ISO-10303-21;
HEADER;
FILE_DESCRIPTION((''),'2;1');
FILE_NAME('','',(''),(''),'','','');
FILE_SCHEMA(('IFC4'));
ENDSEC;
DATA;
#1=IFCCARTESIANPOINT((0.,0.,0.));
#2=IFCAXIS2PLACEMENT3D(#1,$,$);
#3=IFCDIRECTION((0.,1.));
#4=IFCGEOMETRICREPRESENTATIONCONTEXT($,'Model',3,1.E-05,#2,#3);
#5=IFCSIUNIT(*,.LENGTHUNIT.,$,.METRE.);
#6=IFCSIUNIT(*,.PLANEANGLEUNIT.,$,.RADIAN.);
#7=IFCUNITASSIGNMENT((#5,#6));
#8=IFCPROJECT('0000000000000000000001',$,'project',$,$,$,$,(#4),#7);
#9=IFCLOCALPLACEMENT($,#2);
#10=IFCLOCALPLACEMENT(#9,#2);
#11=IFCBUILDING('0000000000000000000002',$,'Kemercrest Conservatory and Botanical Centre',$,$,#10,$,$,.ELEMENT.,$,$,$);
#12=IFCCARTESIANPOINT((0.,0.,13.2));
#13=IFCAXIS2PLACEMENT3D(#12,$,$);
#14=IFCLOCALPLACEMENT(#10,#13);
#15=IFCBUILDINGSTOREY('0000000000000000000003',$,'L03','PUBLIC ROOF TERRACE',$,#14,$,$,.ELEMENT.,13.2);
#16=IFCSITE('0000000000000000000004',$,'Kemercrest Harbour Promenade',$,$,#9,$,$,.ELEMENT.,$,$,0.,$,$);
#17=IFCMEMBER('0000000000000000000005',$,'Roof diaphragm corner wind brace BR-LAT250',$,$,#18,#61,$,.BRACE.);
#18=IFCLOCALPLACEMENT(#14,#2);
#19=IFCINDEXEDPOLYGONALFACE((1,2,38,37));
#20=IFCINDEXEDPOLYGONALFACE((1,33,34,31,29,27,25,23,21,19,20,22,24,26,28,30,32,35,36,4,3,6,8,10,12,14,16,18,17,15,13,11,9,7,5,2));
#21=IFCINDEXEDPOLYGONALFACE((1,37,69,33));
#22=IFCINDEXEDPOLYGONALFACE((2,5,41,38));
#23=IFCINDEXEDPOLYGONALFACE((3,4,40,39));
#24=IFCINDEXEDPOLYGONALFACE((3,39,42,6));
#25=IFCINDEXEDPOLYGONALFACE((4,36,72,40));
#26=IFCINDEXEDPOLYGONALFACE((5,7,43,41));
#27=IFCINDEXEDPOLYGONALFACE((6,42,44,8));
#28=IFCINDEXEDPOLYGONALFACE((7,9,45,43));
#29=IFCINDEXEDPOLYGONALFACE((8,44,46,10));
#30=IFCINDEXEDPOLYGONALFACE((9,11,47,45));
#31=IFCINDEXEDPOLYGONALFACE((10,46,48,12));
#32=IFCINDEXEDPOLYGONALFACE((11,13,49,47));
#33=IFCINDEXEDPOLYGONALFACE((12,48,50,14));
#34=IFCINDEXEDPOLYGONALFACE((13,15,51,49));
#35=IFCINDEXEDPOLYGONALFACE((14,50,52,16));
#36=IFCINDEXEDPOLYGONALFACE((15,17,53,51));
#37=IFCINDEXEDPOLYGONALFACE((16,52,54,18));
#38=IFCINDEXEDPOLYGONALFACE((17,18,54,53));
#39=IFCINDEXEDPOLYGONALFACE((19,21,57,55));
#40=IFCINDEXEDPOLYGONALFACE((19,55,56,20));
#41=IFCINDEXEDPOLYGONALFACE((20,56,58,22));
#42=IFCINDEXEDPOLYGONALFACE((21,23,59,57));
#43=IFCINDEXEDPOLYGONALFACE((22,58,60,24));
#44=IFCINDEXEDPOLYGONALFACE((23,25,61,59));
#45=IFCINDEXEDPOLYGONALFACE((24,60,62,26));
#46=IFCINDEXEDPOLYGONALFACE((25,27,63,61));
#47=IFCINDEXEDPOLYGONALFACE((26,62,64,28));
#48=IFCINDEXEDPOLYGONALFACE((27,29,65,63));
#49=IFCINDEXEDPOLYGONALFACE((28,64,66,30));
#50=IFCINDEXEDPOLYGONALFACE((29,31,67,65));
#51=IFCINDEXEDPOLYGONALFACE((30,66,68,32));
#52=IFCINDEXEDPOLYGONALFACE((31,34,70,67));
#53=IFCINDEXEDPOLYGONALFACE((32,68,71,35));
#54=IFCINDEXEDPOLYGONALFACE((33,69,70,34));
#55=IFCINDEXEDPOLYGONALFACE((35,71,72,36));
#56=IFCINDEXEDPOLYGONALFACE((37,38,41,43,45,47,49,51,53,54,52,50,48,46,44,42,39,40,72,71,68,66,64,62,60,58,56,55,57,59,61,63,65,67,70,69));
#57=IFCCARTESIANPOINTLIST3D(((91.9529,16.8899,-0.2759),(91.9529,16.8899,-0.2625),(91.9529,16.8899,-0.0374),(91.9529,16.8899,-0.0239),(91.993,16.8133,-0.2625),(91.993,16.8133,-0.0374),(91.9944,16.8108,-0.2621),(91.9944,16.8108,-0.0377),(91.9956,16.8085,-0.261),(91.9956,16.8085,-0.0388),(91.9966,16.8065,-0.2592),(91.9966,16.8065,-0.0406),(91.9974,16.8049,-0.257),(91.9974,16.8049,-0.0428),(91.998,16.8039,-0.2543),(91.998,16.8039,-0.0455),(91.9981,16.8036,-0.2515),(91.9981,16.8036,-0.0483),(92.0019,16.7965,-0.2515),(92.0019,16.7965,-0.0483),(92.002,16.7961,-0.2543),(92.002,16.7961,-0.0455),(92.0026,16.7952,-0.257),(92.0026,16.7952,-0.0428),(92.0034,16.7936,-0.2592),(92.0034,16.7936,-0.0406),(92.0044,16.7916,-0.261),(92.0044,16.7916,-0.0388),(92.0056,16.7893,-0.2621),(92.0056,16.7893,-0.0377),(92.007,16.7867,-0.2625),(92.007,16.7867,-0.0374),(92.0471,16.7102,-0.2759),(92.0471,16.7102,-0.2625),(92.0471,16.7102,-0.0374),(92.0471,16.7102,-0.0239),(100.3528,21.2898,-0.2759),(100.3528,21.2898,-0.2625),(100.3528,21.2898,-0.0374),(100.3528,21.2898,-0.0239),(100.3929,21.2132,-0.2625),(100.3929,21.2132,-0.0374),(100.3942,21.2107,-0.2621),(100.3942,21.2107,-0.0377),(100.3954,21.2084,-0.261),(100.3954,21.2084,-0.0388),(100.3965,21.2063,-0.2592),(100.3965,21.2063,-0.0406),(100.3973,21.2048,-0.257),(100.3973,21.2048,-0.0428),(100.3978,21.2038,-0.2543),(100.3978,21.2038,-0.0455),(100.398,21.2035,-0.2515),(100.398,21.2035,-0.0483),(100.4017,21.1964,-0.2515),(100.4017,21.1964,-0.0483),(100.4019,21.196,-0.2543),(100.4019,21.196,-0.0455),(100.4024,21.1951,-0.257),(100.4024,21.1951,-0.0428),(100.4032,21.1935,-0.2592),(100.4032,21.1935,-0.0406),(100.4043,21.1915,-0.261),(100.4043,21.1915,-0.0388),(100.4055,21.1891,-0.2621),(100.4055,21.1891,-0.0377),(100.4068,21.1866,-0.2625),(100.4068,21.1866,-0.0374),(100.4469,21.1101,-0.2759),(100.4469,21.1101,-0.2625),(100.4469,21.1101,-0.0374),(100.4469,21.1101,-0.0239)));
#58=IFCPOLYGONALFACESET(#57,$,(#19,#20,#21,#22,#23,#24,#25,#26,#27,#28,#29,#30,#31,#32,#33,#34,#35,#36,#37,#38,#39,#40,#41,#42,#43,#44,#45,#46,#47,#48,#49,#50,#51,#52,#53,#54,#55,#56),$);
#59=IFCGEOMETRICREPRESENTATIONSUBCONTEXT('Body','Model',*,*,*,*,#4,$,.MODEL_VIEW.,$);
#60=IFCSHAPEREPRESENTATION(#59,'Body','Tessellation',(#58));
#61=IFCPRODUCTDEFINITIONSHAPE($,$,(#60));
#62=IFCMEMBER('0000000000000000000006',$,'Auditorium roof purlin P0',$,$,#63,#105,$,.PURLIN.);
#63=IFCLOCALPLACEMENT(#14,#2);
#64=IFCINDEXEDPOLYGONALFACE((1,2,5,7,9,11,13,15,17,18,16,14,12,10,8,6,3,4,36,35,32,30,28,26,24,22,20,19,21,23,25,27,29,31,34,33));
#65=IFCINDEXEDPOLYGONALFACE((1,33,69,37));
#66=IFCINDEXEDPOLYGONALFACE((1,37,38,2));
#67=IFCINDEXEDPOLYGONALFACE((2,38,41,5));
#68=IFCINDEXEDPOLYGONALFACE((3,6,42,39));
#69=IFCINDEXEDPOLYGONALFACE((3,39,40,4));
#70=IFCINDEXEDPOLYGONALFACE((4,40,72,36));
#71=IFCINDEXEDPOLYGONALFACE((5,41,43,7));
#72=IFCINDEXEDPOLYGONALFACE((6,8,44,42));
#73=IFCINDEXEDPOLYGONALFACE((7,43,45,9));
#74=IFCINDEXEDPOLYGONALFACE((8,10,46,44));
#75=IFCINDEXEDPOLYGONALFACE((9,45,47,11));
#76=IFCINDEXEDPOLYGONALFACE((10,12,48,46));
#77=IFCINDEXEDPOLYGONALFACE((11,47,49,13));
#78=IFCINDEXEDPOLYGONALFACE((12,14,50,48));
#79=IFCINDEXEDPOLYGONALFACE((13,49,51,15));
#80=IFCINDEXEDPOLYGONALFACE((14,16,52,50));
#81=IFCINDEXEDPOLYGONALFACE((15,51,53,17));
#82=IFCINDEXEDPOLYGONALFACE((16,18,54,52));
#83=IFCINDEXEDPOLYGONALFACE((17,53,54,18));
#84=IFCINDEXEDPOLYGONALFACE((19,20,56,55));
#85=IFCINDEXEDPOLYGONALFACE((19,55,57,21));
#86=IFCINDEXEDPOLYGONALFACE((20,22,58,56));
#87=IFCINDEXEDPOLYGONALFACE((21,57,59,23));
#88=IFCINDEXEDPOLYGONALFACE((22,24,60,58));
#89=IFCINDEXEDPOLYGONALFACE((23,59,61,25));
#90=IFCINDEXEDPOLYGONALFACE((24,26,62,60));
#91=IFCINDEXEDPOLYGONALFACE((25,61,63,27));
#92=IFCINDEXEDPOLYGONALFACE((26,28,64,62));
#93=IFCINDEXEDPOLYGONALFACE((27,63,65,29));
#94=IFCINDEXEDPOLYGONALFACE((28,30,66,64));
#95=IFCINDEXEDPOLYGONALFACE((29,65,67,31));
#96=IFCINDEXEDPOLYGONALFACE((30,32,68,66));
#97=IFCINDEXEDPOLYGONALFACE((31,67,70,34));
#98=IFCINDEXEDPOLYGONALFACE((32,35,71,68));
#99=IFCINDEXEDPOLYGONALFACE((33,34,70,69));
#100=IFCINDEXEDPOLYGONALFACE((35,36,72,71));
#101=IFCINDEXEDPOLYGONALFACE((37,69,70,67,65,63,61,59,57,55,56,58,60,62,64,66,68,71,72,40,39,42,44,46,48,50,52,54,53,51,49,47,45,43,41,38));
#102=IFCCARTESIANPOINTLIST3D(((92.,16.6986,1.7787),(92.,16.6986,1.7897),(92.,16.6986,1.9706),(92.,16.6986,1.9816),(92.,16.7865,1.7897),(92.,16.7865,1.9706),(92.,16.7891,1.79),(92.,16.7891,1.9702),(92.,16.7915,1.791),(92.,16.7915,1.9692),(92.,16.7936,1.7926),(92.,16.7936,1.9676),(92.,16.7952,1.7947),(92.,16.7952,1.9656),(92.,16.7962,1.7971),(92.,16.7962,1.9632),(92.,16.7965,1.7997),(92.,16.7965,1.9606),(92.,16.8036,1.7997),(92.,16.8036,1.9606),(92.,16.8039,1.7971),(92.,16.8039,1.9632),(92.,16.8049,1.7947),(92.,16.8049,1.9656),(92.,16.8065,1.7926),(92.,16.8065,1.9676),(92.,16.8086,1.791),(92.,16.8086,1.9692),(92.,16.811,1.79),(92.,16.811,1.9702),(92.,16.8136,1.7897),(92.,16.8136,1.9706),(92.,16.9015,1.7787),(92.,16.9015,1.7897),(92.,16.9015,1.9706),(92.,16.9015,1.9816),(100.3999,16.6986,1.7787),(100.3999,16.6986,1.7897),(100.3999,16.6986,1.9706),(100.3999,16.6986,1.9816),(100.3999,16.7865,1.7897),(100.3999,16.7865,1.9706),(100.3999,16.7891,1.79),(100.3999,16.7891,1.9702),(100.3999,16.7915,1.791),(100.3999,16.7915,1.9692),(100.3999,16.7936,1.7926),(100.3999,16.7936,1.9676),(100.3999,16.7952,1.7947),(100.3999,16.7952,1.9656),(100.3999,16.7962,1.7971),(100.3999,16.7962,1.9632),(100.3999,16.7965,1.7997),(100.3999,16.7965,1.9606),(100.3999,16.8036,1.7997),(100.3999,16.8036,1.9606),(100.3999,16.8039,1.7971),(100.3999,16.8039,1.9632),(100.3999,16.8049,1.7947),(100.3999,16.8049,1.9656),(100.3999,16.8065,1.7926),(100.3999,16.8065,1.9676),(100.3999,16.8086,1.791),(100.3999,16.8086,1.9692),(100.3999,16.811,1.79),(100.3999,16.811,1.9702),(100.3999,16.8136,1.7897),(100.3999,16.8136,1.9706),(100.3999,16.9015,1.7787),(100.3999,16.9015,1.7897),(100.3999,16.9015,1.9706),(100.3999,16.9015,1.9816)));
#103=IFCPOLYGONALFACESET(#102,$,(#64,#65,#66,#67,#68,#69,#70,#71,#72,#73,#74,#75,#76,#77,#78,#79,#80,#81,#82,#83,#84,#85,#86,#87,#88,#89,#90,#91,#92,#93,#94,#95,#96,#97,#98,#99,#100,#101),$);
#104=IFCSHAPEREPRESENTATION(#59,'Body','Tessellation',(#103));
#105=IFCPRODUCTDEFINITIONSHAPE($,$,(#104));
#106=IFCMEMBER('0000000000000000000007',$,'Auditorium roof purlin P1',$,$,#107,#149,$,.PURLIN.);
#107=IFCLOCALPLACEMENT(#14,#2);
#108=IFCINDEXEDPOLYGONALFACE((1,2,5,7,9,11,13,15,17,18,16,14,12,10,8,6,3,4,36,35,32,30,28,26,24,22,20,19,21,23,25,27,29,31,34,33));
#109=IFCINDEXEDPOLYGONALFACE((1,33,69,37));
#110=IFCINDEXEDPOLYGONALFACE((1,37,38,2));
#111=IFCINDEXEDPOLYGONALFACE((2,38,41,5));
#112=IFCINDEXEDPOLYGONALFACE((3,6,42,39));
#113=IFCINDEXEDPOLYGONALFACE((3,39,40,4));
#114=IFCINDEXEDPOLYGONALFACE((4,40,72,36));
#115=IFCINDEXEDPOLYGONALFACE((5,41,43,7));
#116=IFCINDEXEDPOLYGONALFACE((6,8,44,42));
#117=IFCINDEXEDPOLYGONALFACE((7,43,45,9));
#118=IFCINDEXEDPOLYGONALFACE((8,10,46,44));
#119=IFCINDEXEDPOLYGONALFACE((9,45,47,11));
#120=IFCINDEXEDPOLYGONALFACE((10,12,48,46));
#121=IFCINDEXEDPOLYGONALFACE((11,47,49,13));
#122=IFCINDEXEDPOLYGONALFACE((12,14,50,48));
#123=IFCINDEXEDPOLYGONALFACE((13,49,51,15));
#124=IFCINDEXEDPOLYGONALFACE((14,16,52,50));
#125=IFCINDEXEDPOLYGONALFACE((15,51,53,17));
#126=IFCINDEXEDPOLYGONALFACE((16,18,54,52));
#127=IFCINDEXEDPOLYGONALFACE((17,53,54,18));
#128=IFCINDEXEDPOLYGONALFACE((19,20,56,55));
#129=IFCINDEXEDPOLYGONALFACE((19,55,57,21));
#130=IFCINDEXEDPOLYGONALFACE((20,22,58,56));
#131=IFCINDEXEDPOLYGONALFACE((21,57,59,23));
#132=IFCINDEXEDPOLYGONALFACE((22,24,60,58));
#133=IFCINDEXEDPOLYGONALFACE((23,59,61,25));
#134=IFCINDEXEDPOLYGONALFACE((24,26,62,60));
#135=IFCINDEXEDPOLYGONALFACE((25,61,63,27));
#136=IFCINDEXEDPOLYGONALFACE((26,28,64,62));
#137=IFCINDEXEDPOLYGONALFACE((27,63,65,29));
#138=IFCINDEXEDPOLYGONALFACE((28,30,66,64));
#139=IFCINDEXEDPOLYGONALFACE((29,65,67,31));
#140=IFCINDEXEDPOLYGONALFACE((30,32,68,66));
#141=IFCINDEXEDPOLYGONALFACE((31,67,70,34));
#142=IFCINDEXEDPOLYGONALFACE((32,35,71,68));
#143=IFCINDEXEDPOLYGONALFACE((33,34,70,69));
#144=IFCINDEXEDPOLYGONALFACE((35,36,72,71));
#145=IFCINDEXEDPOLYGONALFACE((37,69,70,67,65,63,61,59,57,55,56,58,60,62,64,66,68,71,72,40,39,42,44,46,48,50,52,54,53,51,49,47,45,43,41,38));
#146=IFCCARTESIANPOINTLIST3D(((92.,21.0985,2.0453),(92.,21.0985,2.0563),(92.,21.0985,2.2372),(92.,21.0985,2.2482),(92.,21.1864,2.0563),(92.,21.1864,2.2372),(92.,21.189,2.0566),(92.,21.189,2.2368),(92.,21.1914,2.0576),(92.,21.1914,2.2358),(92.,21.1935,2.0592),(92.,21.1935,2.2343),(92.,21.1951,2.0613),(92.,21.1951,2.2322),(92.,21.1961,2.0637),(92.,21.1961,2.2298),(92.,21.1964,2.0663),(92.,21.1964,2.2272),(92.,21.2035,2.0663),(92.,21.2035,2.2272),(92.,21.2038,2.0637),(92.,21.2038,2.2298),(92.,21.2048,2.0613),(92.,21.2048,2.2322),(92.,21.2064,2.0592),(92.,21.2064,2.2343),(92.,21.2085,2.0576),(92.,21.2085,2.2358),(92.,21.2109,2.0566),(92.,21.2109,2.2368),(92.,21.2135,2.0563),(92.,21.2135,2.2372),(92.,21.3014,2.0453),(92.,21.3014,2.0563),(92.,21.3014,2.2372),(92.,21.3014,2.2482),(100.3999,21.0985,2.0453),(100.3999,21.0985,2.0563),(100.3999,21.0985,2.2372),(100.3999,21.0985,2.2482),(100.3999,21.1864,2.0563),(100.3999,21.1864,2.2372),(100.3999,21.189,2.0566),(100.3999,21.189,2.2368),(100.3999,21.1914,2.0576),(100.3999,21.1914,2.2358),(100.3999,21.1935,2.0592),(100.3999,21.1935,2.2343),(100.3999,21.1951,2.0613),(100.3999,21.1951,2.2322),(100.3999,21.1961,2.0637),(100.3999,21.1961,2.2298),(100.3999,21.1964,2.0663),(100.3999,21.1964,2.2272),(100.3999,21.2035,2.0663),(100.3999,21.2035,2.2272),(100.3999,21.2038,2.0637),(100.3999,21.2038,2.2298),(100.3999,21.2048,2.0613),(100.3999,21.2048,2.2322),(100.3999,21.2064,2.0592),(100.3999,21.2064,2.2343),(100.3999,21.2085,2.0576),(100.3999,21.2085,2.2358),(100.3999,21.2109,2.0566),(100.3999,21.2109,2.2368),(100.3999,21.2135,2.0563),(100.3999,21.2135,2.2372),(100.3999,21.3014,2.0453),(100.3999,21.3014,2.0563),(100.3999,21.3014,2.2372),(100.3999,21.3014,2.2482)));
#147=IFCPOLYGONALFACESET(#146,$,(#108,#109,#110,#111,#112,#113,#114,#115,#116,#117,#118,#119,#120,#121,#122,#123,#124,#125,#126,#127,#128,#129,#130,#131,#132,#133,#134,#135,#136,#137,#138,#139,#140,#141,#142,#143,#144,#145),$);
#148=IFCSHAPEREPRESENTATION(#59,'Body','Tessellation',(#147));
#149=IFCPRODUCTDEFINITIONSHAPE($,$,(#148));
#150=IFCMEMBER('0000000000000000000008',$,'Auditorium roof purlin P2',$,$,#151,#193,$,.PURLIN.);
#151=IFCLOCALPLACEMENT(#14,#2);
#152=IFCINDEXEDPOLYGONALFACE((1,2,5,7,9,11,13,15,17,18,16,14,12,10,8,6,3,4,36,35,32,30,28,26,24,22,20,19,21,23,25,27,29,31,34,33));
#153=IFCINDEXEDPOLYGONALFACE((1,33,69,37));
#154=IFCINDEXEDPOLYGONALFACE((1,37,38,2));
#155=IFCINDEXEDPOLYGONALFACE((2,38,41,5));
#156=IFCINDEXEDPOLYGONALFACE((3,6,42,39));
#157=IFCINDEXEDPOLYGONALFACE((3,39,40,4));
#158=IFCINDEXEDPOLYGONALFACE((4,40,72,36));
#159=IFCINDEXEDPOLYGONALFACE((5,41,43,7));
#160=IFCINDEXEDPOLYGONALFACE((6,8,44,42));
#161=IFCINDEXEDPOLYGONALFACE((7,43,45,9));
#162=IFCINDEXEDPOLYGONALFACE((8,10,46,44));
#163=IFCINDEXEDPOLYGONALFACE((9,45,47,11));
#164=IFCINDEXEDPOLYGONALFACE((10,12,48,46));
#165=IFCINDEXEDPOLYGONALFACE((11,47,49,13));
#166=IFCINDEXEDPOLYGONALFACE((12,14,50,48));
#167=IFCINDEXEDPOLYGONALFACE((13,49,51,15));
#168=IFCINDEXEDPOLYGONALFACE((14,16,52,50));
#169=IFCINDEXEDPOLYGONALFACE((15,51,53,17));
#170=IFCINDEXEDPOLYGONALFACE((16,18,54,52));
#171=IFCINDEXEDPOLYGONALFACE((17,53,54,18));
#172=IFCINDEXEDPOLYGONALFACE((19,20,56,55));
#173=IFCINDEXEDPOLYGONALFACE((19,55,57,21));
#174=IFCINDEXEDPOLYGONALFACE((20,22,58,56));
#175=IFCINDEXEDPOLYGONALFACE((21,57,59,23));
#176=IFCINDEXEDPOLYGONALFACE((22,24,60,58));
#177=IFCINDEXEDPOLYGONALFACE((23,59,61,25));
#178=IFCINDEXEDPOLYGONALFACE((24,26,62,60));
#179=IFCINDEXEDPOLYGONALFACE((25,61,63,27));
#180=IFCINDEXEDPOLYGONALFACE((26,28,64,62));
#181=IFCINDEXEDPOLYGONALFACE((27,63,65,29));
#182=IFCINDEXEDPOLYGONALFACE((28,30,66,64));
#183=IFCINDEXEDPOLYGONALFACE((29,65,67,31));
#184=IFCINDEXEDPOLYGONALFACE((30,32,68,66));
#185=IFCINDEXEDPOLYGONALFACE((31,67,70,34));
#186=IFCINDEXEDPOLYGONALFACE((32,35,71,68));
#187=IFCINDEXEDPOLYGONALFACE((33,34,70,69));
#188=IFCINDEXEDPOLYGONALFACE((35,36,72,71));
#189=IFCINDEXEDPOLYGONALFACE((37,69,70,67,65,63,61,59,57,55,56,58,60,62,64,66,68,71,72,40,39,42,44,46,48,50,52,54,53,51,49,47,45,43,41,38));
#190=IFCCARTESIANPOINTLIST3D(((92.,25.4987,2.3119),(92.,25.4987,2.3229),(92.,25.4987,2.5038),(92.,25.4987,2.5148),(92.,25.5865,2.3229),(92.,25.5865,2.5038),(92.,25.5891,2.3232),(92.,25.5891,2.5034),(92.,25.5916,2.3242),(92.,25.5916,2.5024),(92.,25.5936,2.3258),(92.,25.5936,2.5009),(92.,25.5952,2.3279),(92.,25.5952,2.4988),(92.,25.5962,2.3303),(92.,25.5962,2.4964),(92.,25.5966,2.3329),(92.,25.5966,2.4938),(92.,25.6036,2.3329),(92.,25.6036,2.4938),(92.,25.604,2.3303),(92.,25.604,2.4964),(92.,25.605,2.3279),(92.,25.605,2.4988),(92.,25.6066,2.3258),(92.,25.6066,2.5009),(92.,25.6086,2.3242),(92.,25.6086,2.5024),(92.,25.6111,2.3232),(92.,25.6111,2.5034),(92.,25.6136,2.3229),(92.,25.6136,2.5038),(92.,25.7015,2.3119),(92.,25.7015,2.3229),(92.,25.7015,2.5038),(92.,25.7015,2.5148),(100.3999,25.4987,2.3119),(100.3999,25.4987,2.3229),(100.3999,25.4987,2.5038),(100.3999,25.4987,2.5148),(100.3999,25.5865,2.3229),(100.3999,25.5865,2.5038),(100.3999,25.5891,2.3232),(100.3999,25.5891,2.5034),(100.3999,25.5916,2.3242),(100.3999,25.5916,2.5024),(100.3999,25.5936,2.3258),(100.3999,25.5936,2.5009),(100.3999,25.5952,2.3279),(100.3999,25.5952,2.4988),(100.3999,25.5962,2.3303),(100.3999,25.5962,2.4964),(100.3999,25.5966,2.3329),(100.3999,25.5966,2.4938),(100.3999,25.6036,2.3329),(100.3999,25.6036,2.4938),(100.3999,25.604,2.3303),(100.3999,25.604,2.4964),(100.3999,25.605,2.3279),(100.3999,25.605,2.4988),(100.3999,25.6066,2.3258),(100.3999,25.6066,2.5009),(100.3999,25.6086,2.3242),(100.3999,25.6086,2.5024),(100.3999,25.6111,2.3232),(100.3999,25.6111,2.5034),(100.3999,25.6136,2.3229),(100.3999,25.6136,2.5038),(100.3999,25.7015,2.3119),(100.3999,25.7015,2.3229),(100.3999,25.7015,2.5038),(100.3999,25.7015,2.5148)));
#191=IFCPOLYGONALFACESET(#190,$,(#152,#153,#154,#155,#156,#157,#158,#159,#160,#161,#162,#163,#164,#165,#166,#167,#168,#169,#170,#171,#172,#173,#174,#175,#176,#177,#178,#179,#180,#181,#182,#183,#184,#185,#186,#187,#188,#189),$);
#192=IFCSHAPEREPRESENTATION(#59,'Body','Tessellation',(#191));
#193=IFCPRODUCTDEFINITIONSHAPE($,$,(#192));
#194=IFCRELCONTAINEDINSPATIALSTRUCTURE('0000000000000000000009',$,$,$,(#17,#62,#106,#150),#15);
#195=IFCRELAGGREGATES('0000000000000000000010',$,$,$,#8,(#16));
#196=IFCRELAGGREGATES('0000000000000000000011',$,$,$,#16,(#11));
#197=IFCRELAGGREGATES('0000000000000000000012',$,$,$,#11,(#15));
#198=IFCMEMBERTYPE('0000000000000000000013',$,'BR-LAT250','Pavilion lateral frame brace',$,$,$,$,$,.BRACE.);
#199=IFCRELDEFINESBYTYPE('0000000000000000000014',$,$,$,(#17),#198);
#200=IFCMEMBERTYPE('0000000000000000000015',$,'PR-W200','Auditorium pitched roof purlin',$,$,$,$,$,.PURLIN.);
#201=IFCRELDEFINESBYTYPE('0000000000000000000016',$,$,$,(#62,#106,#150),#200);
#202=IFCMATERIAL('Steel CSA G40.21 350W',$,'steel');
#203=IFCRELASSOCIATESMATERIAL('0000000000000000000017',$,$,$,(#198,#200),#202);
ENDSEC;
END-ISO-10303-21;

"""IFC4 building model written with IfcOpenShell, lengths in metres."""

from ifc_helpers import new_model, si_unit, direction, frame, origin, origin_2d, place, context, subcontext, project, spatial, i_section, extrude, material, material_profile, profile_set, type_object, element, save


model = new_model("IFC4")

# Units and contexts
model_context = context("Model", 3, precision=1e-05, world=origin(), true_north=direction((0.0, 1.0)))
body_context = subcontext(model_context, "Body", "Model", "MODEL_VIEW")
ifc_project = project(units=[si_unit("LENGTHUNIT", "METRE"), si_unit("PLANEANGLEUNIT", "RADIAN")], contexts=[model_context])

# Site, building, storey
site_placement = place(None, origin())
site = spatial("IfcSite", under=ifc_project, at=site_placement, Name="Kemercrest Harbour Promenade", CompositionType="ELEMENT", RefElevation=0.0)
building_placement = place(site_placement, origin())
building = spatial("IfcBuilding", under=site, at=building_placement, Name="Kemercrest Conservatory and Botanical Centre", CompositionType="ELEMENT")
storey_placement = place(building_placement, frame((0.0, 0.0, 13.2)))
storey = spatial("IfcBuildingStorey", under=building, at=storey_placement, Name="L03", Description="PUBLIC ROOF TERRACE", CompositionType="ELEMENT", Elevation=13.2)

# Members
ifc_material = material(Name="Steel CSA G40.21 350W", Category="steel")
ifc_material_profile_1 = material_profile(ifc_material, i_section(OverallWidth=0.2029, OverallDepth=0.252, WebThickness=0.0081, FlangeThickness=0.0134, FilletRadius=0.011, at=origin_2d()), Name="W250X58")
ifc_profile_set_1 = profile_set([ifc_material_profile_1], Name="Steel CSA G40.21 350W")
member_type_1 = type_object("IfcMemberType", Name="BR-LAT250", Description="Pavilion lateral frame brace", PredefinedType="BRACE", material=ifc_profile_set_1)
member_1_placement = place(storey_placement, frame((92.0, 16.8, -0.1499), z_axis=(0.885834, 0.464003, 0.0), x_axis=(-0.464003, 0.885834, 0.0)))
element("IfcMember", 1, at=member_1_placement, inside=storey, type_object=member_type_1, Name="Roof diaphragm corner wind brace BR-LAT250", PredefinedType="BRACE", context=body_context, shape_type="SweptSolid", body=[
    extrude(i_section(OverallWidth=0.2029, OverallDepth=0.252, WebThickness=0.0081, FlangeThickness=0.0134, FilletRadius=0.011, at=origin_2d()), origin(), (0.0, 0.0, 1.0), 9.4824),
])
ifc_material_profile_2 = material_profile(ifc_material, i_section(OverallWidth=0.2029, OverallDepth=0.2029, WebThickness=0.0071, FlangeThickness=0.011, FilletRadius=0.01, at=origin_2d()), Name="W200X46")
ifc_profile_set_2 = profile_set([ifc_material_profile_2], Name="Steel CSA G40.21 350W")
member_type_2 = type_object("IfcMemberType", Name="PR-W200", Description="Auditorium pitched roof purlin", PredefinedType="PURLIN", material=ifc_profile_set_2)
for number, where, z_axis, x_axis, name in (
    (2, (92.0, 16.8, 1.8801), (1.0, 0.0, 0.0), (0.0, 1.0, 0.0), "Auditorium roof purlin P0"),
    (3, (92.0, 21.2, 2.1467), (1.0, 0.0, 0.0), (0.0, 1.0, 0.0), "Auditorium roof purlin P1"),
    (4, (92.0, 25.6001, 2.4133), (1.0, 0.0, 0.0), (0.0, 1.0, 0.0), "Auditorium roof purlin P2"),
):
    element("IfcMember", number, at=place(storey_placement, frame(where, z_axis=z_axis, x_axis=x_axis)), inside=storey, type_object=member_type_2, Name=name, PredefinedType="PURLIN", context=body_context, shape_type="SweptSolid", body=[
        extrude(i_section(OverallWidth=0.2029, OverallDepth=0.2029, WebThickness=0.0071, FlangeThickness=0.011, FilletRadius=0.01, at=origin_2d()), origin(), (0.0, 0.0, 1.0), 8.3999),
    ])

save(model, "model.ifc")
